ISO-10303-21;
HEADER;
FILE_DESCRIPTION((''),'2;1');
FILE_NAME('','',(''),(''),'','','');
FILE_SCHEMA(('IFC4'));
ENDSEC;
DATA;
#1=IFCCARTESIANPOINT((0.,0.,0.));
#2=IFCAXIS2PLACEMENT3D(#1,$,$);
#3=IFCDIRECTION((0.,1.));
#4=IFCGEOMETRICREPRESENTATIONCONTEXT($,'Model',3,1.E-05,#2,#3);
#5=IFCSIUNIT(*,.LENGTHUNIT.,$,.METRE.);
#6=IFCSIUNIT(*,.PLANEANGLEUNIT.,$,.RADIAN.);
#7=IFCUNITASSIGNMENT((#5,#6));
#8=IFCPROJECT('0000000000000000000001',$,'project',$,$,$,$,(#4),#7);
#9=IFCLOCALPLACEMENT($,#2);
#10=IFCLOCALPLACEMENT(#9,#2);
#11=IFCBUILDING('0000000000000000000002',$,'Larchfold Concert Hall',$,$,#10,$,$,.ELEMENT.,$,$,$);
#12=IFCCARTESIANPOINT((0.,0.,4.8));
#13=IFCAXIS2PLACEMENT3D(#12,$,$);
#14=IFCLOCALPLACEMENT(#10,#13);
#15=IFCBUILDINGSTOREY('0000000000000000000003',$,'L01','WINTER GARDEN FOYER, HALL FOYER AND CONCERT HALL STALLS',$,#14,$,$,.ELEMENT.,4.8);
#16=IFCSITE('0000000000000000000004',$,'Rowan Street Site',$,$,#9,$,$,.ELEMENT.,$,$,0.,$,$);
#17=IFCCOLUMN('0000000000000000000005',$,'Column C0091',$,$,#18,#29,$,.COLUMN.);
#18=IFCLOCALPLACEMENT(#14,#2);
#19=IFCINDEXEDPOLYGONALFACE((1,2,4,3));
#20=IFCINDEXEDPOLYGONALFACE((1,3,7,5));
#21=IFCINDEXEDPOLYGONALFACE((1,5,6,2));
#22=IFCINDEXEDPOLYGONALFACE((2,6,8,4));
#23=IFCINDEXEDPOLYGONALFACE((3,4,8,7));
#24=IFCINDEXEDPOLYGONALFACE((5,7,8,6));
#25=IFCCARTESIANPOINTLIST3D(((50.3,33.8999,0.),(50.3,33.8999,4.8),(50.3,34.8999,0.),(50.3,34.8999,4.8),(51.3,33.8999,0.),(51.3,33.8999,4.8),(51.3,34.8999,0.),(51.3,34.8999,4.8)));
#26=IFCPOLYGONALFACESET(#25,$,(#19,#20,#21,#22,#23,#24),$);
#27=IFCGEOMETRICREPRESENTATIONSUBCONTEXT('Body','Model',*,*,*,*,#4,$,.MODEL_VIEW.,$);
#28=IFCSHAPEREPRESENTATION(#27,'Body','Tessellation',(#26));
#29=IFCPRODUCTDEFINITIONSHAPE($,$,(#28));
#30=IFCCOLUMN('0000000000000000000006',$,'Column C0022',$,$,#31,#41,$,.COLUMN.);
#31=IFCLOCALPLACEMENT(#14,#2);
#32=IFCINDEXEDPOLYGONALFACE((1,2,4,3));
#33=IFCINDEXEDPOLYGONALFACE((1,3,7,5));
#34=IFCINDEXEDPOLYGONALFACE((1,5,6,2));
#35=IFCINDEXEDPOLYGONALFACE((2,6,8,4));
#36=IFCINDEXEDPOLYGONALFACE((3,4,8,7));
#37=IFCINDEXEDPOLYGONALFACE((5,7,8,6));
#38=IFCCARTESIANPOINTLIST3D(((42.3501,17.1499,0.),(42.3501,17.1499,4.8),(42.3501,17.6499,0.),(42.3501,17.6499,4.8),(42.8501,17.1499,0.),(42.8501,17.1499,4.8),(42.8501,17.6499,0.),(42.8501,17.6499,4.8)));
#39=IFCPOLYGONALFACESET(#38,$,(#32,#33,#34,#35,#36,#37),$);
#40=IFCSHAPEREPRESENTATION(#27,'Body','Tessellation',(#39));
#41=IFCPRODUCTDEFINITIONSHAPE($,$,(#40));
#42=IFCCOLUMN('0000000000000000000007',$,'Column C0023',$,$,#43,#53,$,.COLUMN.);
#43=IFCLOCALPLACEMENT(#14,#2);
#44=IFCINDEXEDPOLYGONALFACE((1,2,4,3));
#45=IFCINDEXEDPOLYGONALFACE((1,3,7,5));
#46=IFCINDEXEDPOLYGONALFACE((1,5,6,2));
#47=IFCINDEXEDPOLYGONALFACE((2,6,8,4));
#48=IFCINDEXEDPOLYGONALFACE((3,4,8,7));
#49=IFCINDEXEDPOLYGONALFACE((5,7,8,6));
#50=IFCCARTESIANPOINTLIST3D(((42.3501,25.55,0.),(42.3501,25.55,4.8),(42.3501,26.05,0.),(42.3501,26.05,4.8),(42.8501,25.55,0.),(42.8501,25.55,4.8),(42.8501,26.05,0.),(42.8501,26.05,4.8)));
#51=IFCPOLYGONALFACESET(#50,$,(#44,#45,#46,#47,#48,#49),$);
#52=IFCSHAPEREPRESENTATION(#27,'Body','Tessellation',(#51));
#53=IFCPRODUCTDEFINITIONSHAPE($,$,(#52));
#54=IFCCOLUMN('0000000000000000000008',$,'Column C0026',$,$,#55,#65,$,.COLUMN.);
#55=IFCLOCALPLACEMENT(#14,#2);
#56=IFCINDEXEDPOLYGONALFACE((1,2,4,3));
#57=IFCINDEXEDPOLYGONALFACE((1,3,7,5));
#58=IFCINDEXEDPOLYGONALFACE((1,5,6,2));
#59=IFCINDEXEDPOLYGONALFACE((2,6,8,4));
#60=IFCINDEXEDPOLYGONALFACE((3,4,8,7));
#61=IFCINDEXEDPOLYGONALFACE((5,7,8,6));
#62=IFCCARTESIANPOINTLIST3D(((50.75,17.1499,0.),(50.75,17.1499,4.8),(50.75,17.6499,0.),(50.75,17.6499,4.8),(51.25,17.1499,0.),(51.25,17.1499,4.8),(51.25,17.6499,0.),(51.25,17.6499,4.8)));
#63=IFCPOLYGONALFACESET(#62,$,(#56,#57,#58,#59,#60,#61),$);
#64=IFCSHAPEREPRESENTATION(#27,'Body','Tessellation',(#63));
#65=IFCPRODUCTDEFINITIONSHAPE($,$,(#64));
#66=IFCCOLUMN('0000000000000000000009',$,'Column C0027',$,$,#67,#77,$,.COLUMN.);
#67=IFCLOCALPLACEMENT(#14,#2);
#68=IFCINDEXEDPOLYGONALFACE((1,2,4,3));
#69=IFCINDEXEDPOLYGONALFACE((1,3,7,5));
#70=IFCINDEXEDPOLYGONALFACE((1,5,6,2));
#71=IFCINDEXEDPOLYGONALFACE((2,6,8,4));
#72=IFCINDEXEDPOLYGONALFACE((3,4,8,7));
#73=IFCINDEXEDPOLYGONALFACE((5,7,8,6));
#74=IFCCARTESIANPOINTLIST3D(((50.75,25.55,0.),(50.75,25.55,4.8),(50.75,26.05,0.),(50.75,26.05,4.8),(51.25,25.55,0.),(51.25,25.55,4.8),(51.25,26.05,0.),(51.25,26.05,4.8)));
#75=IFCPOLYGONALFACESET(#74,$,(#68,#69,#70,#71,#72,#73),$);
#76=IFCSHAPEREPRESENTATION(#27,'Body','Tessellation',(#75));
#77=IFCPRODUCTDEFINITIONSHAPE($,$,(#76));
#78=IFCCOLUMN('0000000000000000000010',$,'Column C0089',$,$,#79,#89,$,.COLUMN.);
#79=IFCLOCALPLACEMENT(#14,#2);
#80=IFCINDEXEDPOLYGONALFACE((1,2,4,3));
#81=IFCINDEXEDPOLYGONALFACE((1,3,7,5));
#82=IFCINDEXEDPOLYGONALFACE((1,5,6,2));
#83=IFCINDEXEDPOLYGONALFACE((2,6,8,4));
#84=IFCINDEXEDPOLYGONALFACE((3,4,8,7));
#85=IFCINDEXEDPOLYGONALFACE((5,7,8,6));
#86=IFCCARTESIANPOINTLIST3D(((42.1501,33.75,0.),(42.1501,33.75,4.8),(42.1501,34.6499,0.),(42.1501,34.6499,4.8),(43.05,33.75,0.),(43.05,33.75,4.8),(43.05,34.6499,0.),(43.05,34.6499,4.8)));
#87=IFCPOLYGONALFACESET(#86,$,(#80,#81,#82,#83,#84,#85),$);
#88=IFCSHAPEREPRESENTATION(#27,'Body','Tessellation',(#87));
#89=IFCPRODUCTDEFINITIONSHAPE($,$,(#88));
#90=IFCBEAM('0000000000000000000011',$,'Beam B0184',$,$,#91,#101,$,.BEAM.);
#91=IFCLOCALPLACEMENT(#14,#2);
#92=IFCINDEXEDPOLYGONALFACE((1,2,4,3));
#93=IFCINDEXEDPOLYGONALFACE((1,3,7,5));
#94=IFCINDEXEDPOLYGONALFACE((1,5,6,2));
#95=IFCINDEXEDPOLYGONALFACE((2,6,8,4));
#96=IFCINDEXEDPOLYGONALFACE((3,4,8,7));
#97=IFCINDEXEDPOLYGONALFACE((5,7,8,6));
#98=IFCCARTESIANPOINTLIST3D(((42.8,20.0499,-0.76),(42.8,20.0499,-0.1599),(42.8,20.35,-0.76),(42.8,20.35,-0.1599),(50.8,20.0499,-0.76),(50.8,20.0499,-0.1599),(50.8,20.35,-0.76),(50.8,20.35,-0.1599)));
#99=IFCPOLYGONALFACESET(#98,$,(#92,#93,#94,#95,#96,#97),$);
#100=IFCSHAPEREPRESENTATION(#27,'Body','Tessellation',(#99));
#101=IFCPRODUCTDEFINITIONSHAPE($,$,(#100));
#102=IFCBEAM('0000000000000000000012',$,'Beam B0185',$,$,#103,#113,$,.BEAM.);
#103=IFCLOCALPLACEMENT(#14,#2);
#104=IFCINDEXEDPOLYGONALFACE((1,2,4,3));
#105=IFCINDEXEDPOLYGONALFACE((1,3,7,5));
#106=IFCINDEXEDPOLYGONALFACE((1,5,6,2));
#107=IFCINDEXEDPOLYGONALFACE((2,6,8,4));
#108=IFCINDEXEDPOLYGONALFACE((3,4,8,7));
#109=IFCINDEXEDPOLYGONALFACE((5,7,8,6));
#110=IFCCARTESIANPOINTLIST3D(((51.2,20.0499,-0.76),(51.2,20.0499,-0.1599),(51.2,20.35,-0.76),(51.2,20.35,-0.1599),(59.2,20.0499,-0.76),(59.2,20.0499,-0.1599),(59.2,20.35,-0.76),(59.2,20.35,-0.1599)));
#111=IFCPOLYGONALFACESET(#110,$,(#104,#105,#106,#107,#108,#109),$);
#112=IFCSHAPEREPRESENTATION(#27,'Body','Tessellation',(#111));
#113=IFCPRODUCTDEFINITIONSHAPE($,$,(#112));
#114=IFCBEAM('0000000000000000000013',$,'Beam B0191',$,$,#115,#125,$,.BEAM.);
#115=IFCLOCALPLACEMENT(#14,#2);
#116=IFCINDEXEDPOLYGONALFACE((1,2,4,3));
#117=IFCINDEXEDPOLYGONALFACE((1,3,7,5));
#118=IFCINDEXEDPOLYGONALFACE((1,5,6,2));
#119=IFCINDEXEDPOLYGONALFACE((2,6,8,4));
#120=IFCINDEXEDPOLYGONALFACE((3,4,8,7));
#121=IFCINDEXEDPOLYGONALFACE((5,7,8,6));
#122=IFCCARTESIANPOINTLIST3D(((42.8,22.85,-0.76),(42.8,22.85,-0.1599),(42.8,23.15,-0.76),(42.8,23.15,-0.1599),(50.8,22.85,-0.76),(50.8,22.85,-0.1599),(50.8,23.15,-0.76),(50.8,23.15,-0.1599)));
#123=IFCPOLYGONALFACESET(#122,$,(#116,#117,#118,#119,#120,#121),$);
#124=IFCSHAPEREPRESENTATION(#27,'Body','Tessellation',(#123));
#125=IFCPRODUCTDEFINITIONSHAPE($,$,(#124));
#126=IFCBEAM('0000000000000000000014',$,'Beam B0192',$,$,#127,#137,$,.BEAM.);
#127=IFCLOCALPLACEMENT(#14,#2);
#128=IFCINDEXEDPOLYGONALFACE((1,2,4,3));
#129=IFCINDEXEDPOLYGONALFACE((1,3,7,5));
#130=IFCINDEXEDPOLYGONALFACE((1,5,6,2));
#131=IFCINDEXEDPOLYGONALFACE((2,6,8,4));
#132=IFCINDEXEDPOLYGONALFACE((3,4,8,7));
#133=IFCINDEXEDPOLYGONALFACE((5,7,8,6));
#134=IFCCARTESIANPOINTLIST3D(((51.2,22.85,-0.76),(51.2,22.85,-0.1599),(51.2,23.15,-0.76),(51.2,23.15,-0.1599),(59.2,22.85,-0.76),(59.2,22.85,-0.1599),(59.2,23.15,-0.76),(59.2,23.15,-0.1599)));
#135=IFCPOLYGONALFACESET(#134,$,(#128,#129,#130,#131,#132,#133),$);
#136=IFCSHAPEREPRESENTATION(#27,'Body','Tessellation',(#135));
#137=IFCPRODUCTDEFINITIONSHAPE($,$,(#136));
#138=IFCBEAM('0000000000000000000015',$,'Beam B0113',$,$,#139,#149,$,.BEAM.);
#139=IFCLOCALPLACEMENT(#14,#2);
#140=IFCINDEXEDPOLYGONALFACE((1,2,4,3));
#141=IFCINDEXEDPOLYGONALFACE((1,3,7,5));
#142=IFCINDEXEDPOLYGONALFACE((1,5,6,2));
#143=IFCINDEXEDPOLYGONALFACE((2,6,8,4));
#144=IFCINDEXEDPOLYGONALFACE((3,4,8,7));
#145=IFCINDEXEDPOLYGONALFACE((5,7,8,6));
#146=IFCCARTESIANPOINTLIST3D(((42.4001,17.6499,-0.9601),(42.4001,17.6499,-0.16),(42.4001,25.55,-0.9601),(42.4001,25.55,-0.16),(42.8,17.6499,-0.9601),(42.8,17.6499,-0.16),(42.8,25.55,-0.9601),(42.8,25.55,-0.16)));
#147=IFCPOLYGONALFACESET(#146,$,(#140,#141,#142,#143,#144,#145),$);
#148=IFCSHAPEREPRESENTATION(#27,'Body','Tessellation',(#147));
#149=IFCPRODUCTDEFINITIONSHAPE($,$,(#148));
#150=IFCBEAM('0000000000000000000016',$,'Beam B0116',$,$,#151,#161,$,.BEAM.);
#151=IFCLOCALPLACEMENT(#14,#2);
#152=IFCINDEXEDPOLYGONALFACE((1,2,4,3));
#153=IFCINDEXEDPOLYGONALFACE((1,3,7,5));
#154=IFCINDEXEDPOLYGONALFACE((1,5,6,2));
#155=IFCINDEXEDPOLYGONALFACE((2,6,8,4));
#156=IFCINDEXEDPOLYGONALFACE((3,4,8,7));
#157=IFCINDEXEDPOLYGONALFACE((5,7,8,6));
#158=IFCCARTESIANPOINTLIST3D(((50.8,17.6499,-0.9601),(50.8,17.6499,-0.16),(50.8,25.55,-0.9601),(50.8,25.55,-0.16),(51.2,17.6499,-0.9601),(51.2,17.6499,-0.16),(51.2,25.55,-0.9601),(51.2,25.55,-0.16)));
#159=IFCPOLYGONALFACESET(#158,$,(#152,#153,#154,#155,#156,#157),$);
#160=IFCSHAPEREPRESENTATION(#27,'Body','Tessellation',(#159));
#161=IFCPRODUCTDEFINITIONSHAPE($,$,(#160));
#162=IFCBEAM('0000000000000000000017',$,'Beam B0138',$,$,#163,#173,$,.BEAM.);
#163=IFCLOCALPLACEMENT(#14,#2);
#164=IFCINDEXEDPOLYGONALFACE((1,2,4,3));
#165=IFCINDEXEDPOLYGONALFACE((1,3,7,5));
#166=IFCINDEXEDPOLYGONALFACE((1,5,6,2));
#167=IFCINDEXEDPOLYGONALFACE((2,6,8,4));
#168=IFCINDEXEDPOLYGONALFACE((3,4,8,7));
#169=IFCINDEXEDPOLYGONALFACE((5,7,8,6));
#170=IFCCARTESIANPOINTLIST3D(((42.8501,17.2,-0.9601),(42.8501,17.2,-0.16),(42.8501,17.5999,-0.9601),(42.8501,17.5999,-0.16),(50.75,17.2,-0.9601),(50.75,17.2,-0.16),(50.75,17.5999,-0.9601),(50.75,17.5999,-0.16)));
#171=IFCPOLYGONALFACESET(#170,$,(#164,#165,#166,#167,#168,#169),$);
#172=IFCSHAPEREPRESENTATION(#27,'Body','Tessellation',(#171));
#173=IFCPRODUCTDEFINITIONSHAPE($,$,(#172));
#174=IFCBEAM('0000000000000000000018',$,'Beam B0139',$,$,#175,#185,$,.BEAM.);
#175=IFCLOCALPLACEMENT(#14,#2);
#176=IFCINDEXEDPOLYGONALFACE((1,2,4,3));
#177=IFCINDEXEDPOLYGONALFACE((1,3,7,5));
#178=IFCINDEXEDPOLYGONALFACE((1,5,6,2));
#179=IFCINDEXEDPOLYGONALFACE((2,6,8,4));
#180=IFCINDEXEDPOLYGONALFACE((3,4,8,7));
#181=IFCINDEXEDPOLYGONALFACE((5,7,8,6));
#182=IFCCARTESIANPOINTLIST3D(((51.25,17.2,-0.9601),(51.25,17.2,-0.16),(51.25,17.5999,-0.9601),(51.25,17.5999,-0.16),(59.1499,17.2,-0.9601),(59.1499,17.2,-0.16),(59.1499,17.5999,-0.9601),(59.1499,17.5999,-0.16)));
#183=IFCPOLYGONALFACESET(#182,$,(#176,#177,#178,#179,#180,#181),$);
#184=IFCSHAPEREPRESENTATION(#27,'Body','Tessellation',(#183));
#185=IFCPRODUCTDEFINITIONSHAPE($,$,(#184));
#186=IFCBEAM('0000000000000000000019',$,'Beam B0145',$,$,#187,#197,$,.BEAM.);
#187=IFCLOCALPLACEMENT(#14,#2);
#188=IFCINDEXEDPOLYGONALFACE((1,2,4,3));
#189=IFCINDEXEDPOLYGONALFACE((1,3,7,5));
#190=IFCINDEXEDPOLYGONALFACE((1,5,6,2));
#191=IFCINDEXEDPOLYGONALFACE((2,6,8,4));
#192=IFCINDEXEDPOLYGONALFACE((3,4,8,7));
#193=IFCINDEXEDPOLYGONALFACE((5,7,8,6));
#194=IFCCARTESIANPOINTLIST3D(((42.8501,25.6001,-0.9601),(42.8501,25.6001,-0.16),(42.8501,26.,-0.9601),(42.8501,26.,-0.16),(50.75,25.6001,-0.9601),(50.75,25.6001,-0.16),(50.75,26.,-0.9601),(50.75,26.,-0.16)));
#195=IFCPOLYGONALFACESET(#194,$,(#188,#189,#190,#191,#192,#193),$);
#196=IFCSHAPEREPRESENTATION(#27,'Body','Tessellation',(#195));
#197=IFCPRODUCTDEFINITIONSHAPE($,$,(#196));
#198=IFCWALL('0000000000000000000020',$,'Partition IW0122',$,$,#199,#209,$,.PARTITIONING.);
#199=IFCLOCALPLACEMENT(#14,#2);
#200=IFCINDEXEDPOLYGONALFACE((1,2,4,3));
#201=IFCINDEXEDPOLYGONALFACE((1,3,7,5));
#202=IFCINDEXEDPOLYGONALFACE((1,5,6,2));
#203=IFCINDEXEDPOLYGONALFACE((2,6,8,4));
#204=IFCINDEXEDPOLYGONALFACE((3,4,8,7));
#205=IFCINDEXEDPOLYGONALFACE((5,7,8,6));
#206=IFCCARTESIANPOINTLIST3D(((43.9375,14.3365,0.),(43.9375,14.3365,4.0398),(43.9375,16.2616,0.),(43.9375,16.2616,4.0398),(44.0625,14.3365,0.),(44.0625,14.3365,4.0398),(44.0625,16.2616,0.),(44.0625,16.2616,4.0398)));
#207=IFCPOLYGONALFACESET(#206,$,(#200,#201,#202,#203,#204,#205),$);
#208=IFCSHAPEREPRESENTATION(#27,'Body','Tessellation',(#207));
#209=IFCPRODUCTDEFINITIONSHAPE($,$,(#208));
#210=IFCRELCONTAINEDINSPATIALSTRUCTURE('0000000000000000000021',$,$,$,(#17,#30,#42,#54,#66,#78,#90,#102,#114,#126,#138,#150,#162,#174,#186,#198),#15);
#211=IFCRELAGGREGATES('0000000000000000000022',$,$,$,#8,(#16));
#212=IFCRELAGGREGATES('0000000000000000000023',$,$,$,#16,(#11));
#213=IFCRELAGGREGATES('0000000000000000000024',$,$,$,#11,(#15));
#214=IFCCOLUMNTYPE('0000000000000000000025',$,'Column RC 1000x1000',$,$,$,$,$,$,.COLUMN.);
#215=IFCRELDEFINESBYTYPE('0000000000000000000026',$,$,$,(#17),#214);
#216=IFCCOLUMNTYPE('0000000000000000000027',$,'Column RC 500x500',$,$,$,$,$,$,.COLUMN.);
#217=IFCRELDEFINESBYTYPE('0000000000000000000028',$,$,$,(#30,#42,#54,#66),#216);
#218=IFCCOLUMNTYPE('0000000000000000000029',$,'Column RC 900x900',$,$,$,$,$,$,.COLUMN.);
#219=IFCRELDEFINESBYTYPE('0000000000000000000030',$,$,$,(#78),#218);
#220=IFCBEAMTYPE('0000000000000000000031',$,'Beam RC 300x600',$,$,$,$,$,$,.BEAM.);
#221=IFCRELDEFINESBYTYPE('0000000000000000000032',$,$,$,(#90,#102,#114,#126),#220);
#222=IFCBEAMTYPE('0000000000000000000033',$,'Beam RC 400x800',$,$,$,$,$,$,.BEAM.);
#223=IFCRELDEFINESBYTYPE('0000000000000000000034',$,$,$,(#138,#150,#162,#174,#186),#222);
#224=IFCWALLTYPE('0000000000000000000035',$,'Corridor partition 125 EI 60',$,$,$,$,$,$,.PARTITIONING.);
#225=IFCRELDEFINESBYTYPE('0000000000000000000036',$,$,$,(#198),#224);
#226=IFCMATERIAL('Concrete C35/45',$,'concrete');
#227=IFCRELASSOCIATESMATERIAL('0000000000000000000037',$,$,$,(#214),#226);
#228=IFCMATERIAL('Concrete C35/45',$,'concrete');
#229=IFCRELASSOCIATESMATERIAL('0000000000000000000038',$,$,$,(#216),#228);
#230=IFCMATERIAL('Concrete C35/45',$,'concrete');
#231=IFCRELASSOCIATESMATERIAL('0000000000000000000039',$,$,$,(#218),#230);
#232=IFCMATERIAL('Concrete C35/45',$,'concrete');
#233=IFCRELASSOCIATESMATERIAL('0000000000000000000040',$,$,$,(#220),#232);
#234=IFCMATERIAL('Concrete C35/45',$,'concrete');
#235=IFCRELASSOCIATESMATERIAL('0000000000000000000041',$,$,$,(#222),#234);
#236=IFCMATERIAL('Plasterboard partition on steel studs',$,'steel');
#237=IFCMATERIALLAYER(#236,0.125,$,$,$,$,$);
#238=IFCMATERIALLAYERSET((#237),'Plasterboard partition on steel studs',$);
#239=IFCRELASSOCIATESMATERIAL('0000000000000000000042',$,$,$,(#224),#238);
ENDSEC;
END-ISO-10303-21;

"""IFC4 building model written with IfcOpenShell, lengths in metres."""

from ifc_helpers import new_model, si_unit, direction, frame, frame_2d, origin, origin_2d, place, context, subcontext, project, spatial, rectangle, extrude, material, layer, layer_set, material_profile, profile_set, type_object, element, save


model = new_model("IFC4")

# Units and contexts
model_context = context("Model", 3, precision=1e-05, world=origin(), true_north=direction((0.0, 1.0)))
body_context = subcontext(model_context, "Body", "Model", "MODEL_VIEW")
ifc_project = project(units=[si_unit("LENGTHUNIT", "METRE"), si_unit("PLANEANGLEUNIT", "RADIAN")], contexts=[model_context])

# Site, building, storey
site_placement = place(None, origin())
site = spatial("IfcSite", under=ifc_project, at=site_placement, Name="Rowan Street Site", CompositionType="ELEMENT", RefElevation=0.0)
building_placement = place(site_placement, origin())
building = spatial("IfcBuilding", under=site, at=building_placement, Name="Larchfold Concert Hall", CompositionType="ELEMENT")
storey_placement = place(building_placement, frame((0.0, 0.0, 4.8)))
storey = spatial("IfcBuildingStorey", under=building, at=storey_placement, Name="L01", Description="WINTER GARDEN FOYER, HALL FOYER AND CONCERT HALL STALLS", CompositionType="ELEMENT", Elevation=4.8)

# Columns
ifc_material_1 = material(Name="Concrete C35/45", Category="concrete")
ifc_material_profile_1 = material_profile(ifc_material_1, rectangle(XDim=1.0, YDim=1.0, at=origin_2d()))
ifc_profile_set_1 = profile_set([ifc_material_profile_1], Name="Concrete C35/45")
column_type_1 = type_object("IfcColumnType", Name="Column RC 1000x1000", PredefinedType="COLUMN", material=ifc_profile_set_1)
column_1_placement = place(storey_placement, frame((50.8, 34.3999, 0.0), z_axis=(0.0, 0.0, 1.0), x_axis=(1.0, 0.0, 0.0)))
element("IfcColumn", 1, at=column_1_placement, inside=storey, type_object=column_type_1, Name="Column C0091", PredefinedType="COLUMN", context=body_context, shape_type="SweptSolid", body=[
    extrude(rectangle(XDim=1.0, YDim=1.0, at=origin_2d()), origin(), (0.0, 0.0, 1.0), 4.8),
])
ifc_material_2 = material(Name="Concrete C35/45", Category="concrete")
ifc_material_profile_2 = material_profile(ifc_material_2, rectangle(XDim=0.5, YDim=0.5, at=origin_2d()))
ifc_profile_set_2 = profile_set([ifc_material_profile_2], Name="Concrete C35/45")
column_type_2 = type_object("IfcColumnType", Name="Column RC 500x500", PredefinedType="COLUMN", material=ifc_profile_set_2)
for number, where, z_axis, x_axis, name in (
    (2, (42.6001, 17.3999, 0.0), (0.0, 0.0, 1.0), (1.0, 0.0, 0.0), "Column C0022"),
    (3, (42.6001, 25.8, 0.0), (0.0, 0.0, 1.0), (1.0, 0.0, 0.0), "Column C0023"),
    (4, (51.0, 17.3999, 0.0), (0.0, 0.0, 1.0), (1.0, 0.0, 0.0), "Column C0026"),
    (5, (51.0, 25.8, 0.0), (0.0, 0.0, 1.0), (1.0, 0.0, 0.0), "Column C0027"),
):
    element("IfcColumn", number, at=place(storey_placement, frame(where, z_axis=z_axis, x_axis=x_axis)), inside=storey, type_object=column_type_2, Name=name, PredefinedType="COLUMN", context=body_context, shape_type="SweptSolid", body=[
        extrude(rectangle(XDim=0.5, YDim=0.5, at=origin_2d()), origin(), (0.0, 0.0, 1.0), 4.8),
    ])
ifc_material_3 = material(Name="Concrete C35/45", Category="concrete")
ifc_material_profile_3 = material_profile(ifc_material_3, rectangle(XDim=0.8999, YDim=0.8999, at=origin_2d()))
ifc_profile_set_3 = profile_set([ifc_material_profile_3], Name="Concrete C35/45")
column_type_3 = type_object("IfcColumnType", Name="Column RC 900x900", PredefinedType="COLUMN", material=ifc_profile_set_3)
column_2_placement = place(storey_placement, frame((42.6001, 34.2, 0.0), z_axis=(0.0, 0.0, 1.0), x_axis=(1.0, 0.0, 0.0)))
element("IfcColumn", 6, at=column_2_placement, inside=storey, type_object=column_type_3, Name="Column C0089", PredefinedType="COLUMN", context=body_context, shape_type="SweptSolid", body=[
    extrude(rectangle(XDim=0.8999, YDim=0.8999, at=origin_2d()), origin(), (0.0, 0.0, 1.0), 4.8),
])

# Beams
ifc_material_4 = material(Name="Concrete C35/45", Category="concrete")
ifc_material_profile_4 = material_profile(ifc_material_4, rectangle(XDim=0.3, YDim=0.6001, at=origin_2d()))
ifc_profile_set_4 = profile_set([ifc_material_profile_4], Name="Concrete C35/45")
beam_type_1 = type_object("IfcBeamType", Name="Beam RC 300x600", PredefinedType="BEAM", material=ifc_profile_set_4)
for number, where, z_axis, x_axis, name in (
    (7, (42.8, 20.2, -0.46), (1.0, 0.0, 0.0), (0.0, 1.0, 0.0), "Beam B0184"),
    (8, (51.2, 20.2, -0.46), (1.0, 0.0, 0.0), (0.0, 1.0, 0.0), "Beam B0185"),
    (9, (42.8, 23.0, -0.46), (1.0, 0.0, 0.0), (0.0, 1.0, 0.0), "Beam B0191"),
    (10, (51.2, 23.0, -0.46), (1.0, 0.0, 0.0), (0.0, 1.0, 0.0), "Beam B0192"),
):
    element("IfcBeam", number, at=place(storey_placement, frame(where, z_axis=z_axis, x_axis=x_axis)), inside=storey, type_object=beam_type_1, Name=name, PredefinedType="BEAM", context=body_context, shape_type="SweptSolid", body=[
        extrude(rectangle(XDim=0.3, YDim=0.6001, at=origin_2d()), origin(), (0.0, 0.0, 1.0), 8.0),
    ])
ifc_material_5 = material(Name="Concrete C35/45", Category="concrete")
ifc_material_profile_5 = material_profile(ifc_material_5, rectangle(XDim=0.3999, YDim=0.8, at=origin_2d()))
ifc_profile_set_5 = profile_set([ifc_material_profile_5], Name="Concrete C35/45")
beam_type_2 = type_object("IfcBeamType", Name="Beam RC 400x800", PredefinedType="BEAM", material=ifc_profile_set_5)
for number, where, z_axis, x_axis, name in (
    (11, (42.6001, 17.6499, -0.5601), (0.0, 1.0, 0.0), (-1.0, 0.0, 0.0), "Beam B0113"),
    (12, (51.0, 17.6499, -0.5601), (0.0, 1.0, 0.0), (-1.0, 0.0, 0.0), "Beam B0116"),
):
    element("IfcBeam", number, at=place(storey_placement, frame(where, z_axis=z_axis, x_axis=x_axis)), inside=storey, type_object=beam_type_2, Name=name, PredefinedType="BEAM", context=body_context, shape_type="SweptSolid", body=[
        extrude(rectangle(XDim=0.3999, YDim=0.8, at=origin_2d()), origin(), (0.0, 0.0, 1.0), 7.9001),
    ])
for number, where, z_axis, x_axis, name in (
    (13, (42.8501, 17.3999, -0.5601), (1.0, 0.0, 0.0), (0.0, 1.0, 0.0), "Beam B0138"),
    (14, (51.25, 17.3999, -0.5601), (1.0, 0.0, 0.0), (0.0, 1.0, 0.0), "Beam B0139"),
    (15, (42.8501, 25.8, -0.5601), (1.0, 0.0, 0.0), (0.0, 1.0, 0.0), "Beam B0145"),
):
    element("IfcBeam", number, at=place(storey_placement, frame(where, z_axis=z_axis, x_axis=x_axis)), inside=storey, type_object=beam_type_2, Name=name, PredefinedType="BEAM", context=body_context, shape_type="SweptSolid", body=[
        extrude(rectangle(XDim=0.3999, YDim=0.8, at=origin_2d()), origin(), (0.0, 0.0, 1.0), 7.8999),
    ])

# Wall
ifc_material_6 = material(Name="Plasterboard partition on steel studs", Category="steel")
ifc_layer_1 = layer(ifc_material_6, 0.125)
ifc_layer_set_1 = layer_set([ifc_layer_1], Name="Plasterboard partition on steel studs")
wall_type_1 = type_object("IfcWallType", Name="Corridor partition 125 EI 60", PredefinedType="PARTITIONING", material=ifc_layer_set_1)
wall_1_placement = place(storey_placement, frame((44.0, 16.2615, 0.0), z_axis=(0.0, 0.0, 1.0), x_axis=(0.0, -1.0, 0.0)))
element("IfcWall", 16, at=wall_1_placement, inside=storey, type_object=wall_type_1, Name="Partition IW0122", PredefinedType="PARTITIONING", context=body_context, shape_type="SweptSolid", body=[
    extrude(rectangle(XDim=1.925, YDim=0.125, at=frame_2d((0.9624, 0.0))), origin(), (0.0, 0.0, 1.0), 4.0398),
])

save(model, "model.ifc")
